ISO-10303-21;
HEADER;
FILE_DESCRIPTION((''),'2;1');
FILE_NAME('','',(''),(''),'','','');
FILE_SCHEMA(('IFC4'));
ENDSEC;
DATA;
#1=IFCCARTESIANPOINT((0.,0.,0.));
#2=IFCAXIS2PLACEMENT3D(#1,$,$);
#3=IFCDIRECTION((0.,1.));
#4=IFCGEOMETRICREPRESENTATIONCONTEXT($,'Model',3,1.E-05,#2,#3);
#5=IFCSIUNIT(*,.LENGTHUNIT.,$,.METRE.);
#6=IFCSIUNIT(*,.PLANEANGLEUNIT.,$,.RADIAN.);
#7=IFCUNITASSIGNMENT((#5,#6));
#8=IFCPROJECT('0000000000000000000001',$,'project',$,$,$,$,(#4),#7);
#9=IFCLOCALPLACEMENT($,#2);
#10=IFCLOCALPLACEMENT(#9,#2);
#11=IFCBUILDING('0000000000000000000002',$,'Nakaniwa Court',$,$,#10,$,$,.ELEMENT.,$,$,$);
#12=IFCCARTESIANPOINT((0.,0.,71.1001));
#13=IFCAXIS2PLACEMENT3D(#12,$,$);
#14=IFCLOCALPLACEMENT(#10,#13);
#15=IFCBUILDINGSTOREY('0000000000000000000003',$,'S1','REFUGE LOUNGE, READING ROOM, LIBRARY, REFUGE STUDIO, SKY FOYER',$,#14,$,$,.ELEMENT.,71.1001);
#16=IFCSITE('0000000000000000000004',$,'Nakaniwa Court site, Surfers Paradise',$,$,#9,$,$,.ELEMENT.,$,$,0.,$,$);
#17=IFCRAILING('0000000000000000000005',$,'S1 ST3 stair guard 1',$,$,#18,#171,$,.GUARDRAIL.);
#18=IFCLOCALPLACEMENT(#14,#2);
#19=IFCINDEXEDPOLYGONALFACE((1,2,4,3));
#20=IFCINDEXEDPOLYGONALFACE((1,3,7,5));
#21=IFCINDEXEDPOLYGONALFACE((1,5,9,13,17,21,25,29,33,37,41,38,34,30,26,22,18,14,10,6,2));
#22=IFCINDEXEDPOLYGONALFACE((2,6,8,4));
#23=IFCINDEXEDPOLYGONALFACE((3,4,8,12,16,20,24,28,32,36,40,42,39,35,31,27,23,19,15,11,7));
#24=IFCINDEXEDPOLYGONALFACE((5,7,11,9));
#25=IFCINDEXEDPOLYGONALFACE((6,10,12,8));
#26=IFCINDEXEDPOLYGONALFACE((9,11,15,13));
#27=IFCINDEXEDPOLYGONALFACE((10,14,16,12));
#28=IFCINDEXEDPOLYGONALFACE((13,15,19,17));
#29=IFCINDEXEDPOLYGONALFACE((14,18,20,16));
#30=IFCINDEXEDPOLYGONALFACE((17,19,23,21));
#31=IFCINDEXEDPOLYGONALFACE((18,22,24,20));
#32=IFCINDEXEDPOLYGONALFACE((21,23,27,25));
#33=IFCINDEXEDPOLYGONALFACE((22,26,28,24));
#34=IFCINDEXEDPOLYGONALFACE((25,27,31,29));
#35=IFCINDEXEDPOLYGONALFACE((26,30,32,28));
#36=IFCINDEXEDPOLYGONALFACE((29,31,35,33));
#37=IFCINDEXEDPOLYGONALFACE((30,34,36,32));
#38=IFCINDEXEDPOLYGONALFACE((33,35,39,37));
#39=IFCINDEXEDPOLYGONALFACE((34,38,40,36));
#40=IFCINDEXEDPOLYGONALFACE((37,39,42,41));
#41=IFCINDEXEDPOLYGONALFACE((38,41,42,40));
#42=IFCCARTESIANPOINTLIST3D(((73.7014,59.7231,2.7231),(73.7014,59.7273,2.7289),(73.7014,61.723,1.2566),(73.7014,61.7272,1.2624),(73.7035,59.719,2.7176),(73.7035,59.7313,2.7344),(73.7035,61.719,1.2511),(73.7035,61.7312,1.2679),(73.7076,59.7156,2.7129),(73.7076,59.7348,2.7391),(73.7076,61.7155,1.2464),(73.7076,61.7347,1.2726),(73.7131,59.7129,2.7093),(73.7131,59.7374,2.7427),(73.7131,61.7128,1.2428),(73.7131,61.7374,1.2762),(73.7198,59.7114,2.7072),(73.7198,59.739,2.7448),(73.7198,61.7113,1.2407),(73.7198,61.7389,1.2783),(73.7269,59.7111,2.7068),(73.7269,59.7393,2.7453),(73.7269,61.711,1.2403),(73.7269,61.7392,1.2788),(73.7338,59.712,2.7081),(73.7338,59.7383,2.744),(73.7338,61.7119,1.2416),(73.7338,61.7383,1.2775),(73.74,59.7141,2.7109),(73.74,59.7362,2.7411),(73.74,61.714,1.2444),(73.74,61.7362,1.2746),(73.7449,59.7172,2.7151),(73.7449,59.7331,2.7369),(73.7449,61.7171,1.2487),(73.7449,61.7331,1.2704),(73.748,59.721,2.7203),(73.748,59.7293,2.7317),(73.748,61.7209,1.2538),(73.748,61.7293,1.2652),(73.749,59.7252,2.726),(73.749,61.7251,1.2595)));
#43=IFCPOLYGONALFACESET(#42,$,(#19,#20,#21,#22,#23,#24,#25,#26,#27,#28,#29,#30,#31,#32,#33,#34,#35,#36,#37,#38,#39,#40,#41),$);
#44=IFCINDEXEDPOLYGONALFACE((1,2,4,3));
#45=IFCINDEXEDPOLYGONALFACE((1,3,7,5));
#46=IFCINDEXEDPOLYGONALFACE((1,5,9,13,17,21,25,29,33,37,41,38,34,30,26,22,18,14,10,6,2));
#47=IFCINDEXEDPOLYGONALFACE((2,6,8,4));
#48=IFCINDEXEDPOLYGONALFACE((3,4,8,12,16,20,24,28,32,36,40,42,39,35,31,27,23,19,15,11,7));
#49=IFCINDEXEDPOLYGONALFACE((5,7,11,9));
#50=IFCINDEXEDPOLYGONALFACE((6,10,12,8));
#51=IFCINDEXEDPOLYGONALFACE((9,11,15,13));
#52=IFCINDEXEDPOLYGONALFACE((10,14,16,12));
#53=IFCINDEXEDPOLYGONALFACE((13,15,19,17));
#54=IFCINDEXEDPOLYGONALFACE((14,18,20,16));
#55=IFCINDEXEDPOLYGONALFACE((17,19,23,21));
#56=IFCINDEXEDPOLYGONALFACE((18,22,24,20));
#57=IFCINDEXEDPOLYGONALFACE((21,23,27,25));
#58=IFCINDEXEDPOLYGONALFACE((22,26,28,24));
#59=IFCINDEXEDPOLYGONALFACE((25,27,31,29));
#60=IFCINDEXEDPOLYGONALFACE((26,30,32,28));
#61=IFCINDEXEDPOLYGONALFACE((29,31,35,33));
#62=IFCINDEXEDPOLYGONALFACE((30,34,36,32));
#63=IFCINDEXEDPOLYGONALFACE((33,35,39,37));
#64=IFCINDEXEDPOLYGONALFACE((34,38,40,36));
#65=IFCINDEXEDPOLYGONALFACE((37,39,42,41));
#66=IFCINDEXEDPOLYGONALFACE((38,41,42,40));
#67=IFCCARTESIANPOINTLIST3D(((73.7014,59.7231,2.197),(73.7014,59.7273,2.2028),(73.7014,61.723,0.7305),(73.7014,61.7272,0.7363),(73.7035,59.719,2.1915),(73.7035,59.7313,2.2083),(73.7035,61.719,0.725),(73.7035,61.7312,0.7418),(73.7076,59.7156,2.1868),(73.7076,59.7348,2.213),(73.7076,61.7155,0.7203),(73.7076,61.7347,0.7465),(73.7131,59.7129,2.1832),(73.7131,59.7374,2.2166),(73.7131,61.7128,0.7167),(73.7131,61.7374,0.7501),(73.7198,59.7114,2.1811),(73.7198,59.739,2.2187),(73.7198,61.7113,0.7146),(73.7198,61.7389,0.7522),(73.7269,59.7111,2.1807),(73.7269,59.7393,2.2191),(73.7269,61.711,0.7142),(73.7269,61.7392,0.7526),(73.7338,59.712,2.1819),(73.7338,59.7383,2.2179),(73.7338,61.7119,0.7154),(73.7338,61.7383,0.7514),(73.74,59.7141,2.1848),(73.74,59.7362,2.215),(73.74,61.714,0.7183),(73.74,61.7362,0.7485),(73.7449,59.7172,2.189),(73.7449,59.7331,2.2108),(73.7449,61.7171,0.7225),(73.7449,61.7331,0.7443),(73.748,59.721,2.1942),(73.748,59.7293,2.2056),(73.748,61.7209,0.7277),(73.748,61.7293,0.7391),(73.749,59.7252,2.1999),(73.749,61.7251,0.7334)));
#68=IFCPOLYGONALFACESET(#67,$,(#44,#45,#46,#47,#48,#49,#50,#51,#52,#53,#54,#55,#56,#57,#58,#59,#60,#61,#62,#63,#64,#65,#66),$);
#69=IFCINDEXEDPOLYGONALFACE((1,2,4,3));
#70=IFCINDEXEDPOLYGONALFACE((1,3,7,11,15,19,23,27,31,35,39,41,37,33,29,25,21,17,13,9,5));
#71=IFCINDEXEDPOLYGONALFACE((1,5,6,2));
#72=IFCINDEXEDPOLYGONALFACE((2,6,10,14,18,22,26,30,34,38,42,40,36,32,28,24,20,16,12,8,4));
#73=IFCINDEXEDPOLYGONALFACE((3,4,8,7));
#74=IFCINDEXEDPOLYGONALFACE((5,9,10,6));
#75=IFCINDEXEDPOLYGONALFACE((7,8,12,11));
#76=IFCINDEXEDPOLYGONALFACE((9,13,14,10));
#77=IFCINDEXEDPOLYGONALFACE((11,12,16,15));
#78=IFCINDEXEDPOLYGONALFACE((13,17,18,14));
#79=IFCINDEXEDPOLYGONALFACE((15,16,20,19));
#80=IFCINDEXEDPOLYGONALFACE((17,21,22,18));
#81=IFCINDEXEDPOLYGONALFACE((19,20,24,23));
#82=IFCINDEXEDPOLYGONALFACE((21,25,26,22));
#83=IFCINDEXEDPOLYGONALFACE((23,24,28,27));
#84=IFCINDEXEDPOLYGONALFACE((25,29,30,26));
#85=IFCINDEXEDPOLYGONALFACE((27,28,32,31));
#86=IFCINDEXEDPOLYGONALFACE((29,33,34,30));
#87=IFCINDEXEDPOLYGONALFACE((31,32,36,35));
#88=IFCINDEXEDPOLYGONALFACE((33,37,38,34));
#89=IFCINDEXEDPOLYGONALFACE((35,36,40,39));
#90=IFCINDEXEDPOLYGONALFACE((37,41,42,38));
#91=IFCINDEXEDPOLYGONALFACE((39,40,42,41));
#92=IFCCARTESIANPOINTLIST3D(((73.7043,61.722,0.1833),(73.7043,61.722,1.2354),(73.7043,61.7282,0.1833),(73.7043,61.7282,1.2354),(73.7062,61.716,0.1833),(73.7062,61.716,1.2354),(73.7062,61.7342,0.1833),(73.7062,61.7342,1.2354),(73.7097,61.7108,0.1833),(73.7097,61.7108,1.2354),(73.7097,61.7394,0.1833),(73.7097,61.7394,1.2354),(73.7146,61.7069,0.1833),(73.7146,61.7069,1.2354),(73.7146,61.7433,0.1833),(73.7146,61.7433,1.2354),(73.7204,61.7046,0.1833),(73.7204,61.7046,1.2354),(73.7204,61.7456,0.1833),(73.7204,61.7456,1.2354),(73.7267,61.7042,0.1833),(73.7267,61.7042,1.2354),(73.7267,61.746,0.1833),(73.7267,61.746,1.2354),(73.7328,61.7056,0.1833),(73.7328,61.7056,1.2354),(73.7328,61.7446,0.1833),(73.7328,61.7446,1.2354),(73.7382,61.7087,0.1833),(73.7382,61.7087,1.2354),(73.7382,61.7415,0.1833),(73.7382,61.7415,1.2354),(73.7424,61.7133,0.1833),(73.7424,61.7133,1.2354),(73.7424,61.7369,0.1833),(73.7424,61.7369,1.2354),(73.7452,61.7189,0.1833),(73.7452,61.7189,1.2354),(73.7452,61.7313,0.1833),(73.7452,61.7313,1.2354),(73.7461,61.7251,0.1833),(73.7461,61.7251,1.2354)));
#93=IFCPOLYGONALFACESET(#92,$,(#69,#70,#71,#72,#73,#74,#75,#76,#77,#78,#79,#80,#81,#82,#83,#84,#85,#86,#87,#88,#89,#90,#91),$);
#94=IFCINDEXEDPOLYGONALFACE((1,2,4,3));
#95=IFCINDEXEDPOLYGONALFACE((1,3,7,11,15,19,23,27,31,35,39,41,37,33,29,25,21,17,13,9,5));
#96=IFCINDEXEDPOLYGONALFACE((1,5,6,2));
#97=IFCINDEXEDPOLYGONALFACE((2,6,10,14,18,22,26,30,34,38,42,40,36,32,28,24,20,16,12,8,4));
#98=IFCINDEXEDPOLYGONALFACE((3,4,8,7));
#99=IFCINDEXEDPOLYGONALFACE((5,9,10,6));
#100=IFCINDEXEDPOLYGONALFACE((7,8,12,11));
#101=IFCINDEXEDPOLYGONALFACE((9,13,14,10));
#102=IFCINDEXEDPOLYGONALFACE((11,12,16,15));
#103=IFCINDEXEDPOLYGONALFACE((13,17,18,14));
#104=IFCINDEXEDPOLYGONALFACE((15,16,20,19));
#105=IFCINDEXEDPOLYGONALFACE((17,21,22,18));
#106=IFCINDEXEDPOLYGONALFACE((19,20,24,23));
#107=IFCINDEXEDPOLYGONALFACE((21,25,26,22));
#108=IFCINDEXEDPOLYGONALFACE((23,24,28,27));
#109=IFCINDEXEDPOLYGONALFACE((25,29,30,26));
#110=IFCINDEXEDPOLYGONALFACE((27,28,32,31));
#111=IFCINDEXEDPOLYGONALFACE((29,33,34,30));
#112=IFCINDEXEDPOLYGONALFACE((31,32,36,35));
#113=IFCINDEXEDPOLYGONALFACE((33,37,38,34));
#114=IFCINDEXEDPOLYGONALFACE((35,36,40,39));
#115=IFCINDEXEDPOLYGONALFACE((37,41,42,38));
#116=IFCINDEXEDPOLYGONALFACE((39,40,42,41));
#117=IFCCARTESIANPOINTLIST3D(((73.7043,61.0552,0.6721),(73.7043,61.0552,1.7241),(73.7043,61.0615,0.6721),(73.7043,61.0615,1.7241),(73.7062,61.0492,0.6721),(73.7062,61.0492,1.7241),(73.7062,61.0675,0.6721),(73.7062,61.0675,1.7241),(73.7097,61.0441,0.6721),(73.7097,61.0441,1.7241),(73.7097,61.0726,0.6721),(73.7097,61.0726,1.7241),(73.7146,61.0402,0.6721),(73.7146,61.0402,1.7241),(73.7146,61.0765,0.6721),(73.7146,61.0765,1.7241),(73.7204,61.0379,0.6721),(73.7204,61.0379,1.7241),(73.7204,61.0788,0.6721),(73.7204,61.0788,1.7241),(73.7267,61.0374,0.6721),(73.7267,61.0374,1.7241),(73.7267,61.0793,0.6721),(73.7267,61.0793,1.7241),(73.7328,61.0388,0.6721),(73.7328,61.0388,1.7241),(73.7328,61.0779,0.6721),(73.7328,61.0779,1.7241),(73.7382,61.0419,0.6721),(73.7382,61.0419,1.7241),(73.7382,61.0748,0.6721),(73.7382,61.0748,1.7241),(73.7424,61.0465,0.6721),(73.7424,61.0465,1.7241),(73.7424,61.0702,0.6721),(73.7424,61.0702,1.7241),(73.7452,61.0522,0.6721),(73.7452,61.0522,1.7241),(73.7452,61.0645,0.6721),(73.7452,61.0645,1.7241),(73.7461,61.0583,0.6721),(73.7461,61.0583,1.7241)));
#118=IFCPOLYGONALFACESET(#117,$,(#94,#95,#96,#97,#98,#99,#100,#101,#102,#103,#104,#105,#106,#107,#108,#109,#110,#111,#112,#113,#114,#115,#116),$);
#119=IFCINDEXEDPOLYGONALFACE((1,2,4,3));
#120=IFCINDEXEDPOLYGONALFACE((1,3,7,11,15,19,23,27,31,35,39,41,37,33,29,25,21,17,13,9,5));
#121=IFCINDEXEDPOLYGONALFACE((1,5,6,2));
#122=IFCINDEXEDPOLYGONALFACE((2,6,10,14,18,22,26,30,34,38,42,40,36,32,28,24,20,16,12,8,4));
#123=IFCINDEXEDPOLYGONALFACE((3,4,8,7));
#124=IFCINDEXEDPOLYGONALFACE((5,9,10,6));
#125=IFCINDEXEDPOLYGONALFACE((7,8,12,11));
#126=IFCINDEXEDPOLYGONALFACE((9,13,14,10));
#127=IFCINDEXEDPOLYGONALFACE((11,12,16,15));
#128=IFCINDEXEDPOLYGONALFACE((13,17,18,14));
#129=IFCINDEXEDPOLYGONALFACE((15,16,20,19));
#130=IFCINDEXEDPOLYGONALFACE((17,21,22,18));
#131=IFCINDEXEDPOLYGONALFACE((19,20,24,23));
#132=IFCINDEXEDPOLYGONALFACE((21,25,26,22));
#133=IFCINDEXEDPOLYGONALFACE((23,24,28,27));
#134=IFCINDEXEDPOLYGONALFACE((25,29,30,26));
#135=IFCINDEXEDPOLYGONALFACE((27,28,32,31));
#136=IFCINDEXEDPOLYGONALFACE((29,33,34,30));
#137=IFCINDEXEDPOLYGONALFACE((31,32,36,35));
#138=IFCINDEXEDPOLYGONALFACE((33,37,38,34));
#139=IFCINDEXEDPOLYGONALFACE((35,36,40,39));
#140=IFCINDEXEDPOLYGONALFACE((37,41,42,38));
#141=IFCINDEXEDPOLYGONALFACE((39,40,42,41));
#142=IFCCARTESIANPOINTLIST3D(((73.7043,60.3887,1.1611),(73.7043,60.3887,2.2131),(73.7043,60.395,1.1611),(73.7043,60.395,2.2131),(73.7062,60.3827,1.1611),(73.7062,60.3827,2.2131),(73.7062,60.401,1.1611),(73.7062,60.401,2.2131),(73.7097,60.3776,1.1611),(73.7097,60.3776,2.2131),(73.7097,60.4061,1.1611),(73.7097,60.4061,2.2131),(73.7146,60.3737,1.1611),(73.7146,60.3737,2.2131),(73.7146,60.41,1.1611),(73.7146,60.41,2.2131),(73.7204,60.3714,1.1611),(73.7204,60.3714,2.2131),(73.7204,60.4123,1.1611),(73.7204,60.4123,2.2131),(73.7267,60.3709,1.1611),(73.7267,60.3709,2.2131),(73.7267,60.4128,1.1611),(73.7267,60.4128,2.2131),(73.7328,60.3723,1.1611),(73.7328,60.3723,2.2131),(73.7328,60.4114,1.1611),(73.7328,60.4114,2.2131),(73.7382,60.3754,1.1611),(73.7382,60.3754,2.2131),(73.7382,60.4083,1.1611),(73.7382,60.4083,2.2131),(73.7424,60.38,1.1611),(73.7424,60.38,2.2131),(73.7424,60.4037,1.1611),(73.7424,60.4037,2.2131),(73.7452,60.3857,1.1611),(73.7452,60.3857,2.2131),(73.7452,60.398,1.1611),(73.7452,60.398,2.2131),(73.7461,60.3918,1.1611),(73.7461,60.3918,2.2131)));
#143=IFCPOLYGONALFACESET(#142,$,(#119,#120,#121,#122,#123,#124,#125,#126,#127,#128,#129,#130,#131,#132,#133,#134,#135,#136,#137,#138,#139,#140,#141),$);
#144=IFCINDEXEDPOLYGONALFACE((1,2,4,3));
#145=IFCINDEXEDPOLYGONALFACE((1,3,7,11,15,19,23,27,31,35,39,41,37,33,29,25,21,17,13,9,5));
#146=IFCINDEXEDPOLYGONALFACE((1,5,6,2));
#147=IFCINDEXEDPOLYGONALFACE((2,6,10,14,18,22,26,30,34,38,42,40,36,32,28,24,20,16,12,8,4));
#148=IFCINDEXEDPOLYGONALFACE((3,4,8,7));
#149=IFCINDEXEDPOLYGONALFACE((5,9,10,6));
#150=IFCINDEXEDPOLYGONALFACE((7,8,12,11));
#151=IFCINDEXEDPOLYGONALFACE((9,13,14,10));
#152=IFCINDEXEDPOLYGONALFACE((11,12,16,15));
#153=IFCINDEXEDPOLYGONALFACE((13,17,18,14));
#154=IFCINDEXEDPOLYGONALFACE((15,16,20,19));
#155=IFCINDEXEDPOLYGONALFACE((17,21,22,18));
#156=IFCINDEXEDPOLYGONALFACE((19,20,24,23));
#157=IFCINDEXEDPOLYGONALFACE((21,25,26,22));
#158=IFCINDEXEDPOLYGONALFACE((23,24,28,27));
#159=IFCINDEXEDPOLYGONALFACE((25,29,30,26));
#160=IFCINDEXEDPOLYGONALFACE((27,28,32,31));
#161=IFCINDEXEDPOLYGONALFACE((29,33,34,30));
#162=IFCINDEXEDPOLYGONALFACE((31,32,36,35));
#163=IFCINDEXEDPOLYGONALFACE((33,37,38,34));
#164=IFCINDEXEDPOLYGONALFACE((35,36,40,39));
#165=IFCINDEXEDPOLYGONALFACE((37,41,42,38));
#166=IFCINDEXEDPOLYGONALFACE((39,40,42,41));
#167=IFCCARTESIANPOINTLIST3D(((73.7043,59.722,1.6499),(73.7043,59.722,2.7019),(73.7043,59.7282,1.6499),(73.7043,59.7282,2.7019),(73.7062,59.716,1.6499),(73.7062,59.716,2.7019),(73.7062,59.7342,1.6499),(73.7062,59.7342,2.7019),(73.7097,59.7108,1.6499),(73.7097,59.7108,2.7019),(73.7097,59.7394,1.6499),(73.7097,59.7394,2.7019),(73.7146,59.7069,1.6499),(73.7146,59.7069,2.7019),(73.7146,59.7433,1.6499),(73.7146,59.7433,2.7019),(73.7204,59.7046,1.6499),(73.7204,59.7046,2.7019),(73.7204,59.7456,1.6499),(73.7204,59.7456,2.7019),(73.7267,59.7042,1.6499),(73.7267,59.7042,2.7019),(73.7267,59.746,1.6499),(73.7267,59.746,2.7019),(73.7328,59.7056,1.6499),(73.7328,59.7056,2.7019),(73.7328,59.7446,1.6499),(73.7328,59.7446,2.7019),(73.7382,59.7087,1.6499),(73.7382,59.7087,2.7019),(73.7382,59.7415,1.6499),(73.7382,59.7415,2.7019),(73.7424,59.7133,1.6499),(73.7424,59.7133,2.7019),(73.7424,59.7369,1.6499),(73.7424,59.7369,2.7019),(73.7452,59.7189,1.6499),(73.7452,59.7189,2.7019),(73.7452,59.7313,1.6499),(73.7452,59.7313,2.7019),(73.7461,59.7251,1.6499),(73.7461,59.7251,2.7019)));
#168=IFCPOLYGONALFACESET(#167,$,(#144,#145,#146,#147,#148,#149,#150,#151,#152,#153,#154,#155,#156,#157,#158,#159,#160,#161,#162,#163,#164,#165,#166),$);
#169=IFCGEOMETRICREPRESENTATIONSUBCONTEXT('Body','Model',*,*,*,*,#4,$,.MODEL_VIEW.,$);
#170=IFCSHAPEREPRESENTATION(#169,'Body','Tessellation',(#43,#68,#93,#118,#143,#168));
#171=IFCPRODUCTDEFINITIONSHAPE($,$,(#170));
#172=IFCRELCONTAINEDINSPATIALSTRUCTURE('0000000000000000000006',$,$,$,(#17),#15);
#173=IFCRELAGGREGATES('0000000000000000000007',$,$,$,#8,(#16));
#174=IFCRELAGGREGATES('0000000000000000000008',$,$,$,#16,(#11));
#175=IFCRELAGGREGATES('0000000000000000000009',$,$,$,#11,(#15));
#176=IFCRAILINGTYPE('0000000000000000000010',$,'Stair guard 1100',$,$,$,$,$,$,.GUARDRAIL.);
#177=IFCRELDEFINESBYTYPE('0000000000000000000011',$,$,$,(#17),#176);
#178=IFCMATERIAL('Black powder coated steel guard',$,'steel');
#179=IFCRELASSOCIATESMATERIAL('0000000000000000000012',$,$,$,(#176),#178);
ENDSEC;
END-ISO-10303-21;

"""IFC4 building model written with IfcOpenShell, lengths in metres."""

from ifc_helpers import new_model, si_unit, direction, frame, origin, origin_2d, place, context, subcontext, project, spatial, circle, extrude, material, type_object, element, save


model = new_model("IFC4")

# Units and contexts
model_context = context("Model", 3, precision=1e-05, world=origin(), true_north=direction((0.0, 1.0)))
body_context = subcontext(model_context, "Body", "Model", "MODEL_VIEW")
ifc_project = project(units=[si_unit("LENGTHUNIT", "METRE"), si_unit("PLANEANGLEUNIT", "RADIAN")], contexts=[model_context])

# Site, building, storey
site_placement = place(None, origin())
site = spatial("IfcSite", under=ifc_project, at=site_placement, Name="Nakaniwa Court site, Surfers Paradise", CompositionType="ELEMENT", RefElevation=0.0)
building_placement = place(site_placement, origin())
building = spatial("IfcBuilding", under=site, at=building_placement, Name="Nakaniwa Court", CompositionType="ELEMENT")
storey_placement = place(building_placement, frame((0.0, 0.0, 71.1001)))
storey = spatial("IfcBuildingStorey", under=building, at=storey_placement, Name="S1", Description="REFUGE LOUNGE, READING ROOM, LIBRARY, REFUGE STUDIO, SKY FOYER", CompositionType="ELEMENT", Elevation=71.1001)

# Railing
ifc_material_1 = material(Name="Black powder coated steel guard", Category="steel")
railing_type_1 = type_object("IfcRailingType", Name="Stair guard 1100", PredefinedType="GUARDRAIL", material=ifc_material_1)
railing_1_placement = place(storey_placement, frame((73.7251, 61.7251, 0.1833)))
element("IfcRailing", 1, at=railing_1_placement, inside=storey, type_object=railing_type_1, Name="S1 ST3 stair guard 1", PredefinedType="GUARDRAIL", context=body_context, shape_type="SweptSolid", body=[
    extrude(circle(Radius=0.0239, at=origin_2d()), frame((0.0, 0.0, 1.0762), z_axis=(0.0, -0.806427, 0.591334), x_axis=(1.0, 0.0, 0.0)), (0.0, 0.0, 1.0), 2.48),
    extrude(circle(Radius=0.0239, at=origin_2d()), frame((0.0, 0.0, 0.55), z_axis=(0.0, -0.806427, 0.591334), x_axis=(1.0, 0.0, 0.0)), (0.0, 0.0, 1.0), 2.48),
    extrude(circle(Radius=0.021, at=origin_2d()), origin(), (0.0, 0.0, 1.0), 1.052),
    extrude(circle(Radius=0.021, at=origin_2d()), frame((0.0, -0.6667, 0.4888)), (0.0, 0.0, 1.0), 1.052),
    extrude(circle(Radius=0.021, at=origin_2d()), frame((0.0, -1.3333, 0.9778)), (0.0, 0.0, 1.0), 1.052),
    extrude(circle(Radius=0.021, at=origin_2d()), frame((0.0, -2.0, 1.4666)), (0.0, 0.0, 1.0), 1.052),
])

save(model, "model.ifc")
